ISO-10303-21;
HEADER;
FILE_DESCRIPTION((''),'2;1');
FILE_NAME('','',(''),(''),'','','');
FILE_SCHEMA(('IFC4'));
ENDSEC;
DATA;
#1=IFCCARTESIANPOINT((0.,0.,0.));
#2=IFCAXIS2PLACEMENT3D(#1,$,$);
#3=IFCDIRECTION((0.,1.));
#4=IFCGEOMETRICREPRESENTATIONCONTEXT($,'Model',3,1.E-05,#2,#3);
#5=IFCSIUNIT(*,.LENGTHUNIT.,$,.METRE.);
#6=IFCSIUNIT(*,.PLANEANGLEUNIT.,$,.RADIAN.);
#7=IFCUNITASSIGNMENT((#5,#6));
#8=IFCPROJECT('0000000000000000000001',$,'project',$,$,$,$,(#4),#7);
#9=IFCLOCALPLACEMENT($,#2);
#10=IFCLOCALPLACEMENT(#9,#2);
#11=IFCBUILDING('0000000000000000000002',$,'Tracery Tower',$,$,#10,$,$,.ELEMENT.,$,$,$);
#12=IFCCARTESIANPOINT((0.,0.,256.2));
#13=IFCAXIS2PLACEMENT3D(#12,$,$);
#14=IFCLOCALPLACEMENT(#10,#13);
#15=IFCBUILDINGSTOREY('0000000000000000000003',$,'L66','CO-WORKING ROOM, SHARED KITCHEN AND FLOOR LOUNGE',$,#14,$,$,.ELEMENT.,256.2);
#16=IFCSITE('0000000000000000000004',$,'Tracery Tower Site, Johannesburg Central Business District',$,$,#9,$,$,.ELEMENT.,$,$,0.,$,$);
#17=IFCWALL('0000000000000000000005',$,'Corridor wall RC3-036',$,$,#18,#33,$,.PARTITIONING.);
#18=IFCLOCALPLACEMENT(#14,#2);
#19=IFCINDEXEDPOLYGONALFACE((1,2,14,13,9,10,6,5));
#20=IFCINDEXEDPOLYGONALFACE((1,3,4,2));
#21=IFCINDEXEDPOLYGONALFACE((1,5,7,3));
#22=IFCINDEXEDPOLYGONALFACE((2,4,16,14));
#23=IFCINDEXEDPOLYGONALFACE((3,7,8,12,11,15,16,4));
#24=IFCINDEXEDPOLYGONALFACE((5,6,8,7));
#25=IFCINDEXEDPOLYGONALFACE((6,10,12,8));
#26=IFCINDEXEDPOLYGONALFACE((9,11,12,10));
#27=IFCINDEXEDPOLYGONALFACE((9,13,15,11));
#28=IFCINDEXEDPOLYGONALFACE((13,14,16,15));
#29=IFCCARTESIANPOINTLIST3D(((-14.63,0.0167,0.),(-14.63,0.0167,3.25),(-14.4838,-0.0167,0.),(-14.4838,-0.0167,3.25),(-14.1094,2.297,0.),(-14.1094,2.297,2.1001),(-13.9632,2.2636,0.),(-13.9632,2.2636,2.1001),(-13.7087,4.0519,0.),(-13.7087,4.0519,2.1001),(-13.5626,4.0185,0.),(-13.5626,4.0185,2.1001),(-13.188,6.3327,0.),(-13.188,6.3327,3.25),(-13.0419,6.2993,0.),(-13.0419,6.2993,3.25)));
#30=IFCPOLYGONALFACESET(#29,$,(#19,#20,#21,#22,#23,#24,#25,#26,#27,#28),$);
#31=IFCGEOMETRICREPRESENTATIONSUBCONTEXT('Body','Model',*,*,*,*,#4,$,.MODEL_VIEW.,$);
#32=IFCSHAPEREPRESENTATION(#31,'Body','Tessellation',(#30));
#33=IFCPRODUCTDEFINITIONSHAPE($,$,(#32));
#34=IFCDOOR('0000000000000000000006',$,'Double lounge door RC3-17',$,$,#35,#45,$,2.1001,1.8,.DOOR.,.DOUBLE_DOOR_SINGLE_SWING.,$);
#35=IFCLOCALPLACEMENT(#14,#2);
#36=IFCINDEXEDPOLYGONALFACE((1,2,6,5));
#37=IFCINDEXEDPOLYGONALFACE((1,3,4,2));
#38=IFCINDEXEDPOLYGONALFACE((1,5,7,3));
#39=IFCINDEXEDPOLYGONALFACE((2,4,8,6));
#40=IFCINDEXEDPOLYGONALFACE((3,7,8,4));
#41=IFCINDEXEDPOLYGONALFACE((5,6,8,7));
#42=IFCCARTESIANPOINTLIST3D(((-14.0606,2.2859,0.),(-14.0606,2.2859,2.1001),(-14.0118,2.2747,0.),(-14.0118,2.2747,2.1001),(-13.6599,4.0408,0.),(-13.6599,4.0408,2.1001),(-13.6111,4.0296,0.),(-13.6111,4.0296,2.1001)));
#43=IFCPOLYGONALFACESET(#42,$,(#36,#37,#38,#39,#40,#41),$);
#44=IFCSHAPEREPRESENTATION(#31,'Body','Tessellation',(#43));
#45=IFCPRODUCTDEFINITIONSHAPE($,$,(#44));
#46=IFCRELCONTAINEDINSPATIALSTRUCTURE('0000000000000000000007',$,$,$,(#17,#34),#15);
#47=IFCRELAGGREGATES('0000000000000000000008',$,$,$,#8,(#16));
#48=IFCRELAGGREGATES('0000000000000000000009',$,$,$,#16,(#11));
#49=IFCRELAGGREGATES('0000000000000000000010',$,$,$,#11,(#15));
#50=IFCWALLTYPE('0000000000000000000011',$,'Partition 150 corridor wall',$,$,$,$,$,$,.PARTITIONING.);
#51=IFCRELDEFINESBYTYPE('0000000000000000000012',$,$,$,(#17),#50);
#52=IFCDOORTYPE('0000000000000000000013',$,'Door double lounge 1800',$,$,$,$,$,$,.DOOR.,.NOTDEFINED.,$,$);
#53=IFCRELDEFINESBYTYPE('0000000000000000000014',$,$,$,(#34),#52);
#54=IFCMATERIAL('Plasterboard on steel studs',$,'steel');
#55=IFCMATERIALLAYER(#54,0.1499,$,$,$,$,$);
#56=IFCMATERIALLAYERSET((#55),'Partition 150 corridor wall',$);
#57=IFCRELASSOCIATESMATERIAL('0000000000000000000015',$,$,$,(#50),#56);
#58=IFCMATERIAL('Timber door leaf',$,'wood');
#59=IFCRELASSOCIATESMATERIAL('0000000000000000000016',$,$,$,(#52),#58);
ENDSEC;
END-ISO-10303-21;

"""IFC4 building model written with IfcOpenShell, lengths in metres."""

from ifc_helpers import new_model, si_unit, direction, frame, frame_2d, origin, place, context, subcontext, project, spatial, rectangle, extrude, material, layer, layer_set, type_object, element, fill, save


model = new_model("IFC4")

# Units and contexts
model_context = context("Model", 3, precision=1e-05, world=origin(), true_north=direction((0.0, 1.0)))
body_context = subcontext(model_context, "Body", "Model", "MODEL_VIEW")
ifc_project = project(units=[si_unit("LENGTHUNIT", "METRE"), si_unit("PLANEANGLEUNIT", "RADIAN")], contexts=[model_context])

# Site, building, storey
site_placement = place(None, origin())
site = spatial("IfcSite", under=ifc_project, at=site_placement, Name="Tracery Tower Site, Johannesburg Central Business District", CompositionType="ELEMENT", RefElevation=0.0)
building_placement = place(site_placement, origin())
building = spatial("IfcBuilding", under=site, at=building_placement, Name="Tracery Tower", CompositionType="ELEMENT")
storey_placement = place(building_placement, frame((0.0, 0.0, 256.2)))
storey = spatial("IfcBuildingStorey", under=building, at=storey_placement, Name="L66", Description="CO-WORKING ROOM, SHARED KITCHEN AND FLOOR LOUNGE", CompositionType="ELEMENT", Elevation=256.2)

# Shared definitions
ifc_material_1 = material(Name="Plasterboard on steel studs", Category="steel")
ifc_layer_1 = layer(ifc_material_1, 0.1499)
ifc_layer_set_1 = layer_set([ifc_layer_1], Name="Partition 150 corridor wall")
wall_type_1 = type_object("IfcWallType", Name="Partition 150 corridor wall", PredefinedType="PARTITIONING", material=ifc_layer_set_1)

# Wall, opening, door
wall_1_placement = place(storey_placement, frame((-14.5569, 0.0, 0.0), z_axis=(0.0, 0.0, 1.0), x_axis=(0.222569, 0.974917, 0.0)))
wall_1 = element("IfcWall", 1, at=wall_1_placement, inside=storey, type_object=wall_type_1, Name="Corridor wall RC3-036", PredefinedType="PARTITIONING", context=body_context, shape_type="SweptSolid", body=[
    extrude(rectangle(XDim=6.4785, YDim=0.1499, at=frame_2d((3.2393, 0.0))), origin(), (0.0, 0.0, 1.0), 3.25),
])
opening_1_placement = place(wall_1_placement, frame((2.3391, 0.0, 0.0)))
opening_1 = element("IfcOpeningElement", 2, at=opening_1_placement, cuts=wall_1, PredefinedType="OPENING", context=body_context, shape_type="SweptSolid", body=[
    extrude(rectangle(XDim=1.8, YDim=2.1001, at=frame_2d((0.8999, 1.05))), frame((0.0, 0.075, 0.0), z_axis=(0.0, -1.0, 0.0), x_axis=(1.0, 0.0, 0.0)), (0.0, 0.0, 1.0), 0.1499),
])
ifc_material_2 = material(Name="Timber door leaf", Category="wood")
door_type_1 = type_object("IfcDoorType", Name="Door double lounge 1800", OperationType="NOTDEFINED", PredefinedType="DOOR", material=ifc_material_2)
door_1_placement = place(opening_1_placement, origin())
door_1 = element("IfcDoor", 3, at=door_1_placement, inside=storey, type_object=door_type_1, Name="Double lounge door RC3-17", OperationType="DOUBLE_DOOR_SINGLE_SWING", OverallHeight=2.1001, OverallWidth=1.8, PredefinedType="DOOR", context=body_context, shape_type="SweptSolid", body=[
    extrude(rectangle(XDim=1.8, YDim=2.1001, at=frame_2d((0.8999, 1.05))), frame((0.0, 0.0249, 0.0), z_axis=(0.0, -1.0, 0.0), x_axis=(1.0, 0.0, 0.0)), (0.0, 0.0, 1.0), 0.05),
])
fill(opening_1, door_1)

save(model, "model.ifc")
